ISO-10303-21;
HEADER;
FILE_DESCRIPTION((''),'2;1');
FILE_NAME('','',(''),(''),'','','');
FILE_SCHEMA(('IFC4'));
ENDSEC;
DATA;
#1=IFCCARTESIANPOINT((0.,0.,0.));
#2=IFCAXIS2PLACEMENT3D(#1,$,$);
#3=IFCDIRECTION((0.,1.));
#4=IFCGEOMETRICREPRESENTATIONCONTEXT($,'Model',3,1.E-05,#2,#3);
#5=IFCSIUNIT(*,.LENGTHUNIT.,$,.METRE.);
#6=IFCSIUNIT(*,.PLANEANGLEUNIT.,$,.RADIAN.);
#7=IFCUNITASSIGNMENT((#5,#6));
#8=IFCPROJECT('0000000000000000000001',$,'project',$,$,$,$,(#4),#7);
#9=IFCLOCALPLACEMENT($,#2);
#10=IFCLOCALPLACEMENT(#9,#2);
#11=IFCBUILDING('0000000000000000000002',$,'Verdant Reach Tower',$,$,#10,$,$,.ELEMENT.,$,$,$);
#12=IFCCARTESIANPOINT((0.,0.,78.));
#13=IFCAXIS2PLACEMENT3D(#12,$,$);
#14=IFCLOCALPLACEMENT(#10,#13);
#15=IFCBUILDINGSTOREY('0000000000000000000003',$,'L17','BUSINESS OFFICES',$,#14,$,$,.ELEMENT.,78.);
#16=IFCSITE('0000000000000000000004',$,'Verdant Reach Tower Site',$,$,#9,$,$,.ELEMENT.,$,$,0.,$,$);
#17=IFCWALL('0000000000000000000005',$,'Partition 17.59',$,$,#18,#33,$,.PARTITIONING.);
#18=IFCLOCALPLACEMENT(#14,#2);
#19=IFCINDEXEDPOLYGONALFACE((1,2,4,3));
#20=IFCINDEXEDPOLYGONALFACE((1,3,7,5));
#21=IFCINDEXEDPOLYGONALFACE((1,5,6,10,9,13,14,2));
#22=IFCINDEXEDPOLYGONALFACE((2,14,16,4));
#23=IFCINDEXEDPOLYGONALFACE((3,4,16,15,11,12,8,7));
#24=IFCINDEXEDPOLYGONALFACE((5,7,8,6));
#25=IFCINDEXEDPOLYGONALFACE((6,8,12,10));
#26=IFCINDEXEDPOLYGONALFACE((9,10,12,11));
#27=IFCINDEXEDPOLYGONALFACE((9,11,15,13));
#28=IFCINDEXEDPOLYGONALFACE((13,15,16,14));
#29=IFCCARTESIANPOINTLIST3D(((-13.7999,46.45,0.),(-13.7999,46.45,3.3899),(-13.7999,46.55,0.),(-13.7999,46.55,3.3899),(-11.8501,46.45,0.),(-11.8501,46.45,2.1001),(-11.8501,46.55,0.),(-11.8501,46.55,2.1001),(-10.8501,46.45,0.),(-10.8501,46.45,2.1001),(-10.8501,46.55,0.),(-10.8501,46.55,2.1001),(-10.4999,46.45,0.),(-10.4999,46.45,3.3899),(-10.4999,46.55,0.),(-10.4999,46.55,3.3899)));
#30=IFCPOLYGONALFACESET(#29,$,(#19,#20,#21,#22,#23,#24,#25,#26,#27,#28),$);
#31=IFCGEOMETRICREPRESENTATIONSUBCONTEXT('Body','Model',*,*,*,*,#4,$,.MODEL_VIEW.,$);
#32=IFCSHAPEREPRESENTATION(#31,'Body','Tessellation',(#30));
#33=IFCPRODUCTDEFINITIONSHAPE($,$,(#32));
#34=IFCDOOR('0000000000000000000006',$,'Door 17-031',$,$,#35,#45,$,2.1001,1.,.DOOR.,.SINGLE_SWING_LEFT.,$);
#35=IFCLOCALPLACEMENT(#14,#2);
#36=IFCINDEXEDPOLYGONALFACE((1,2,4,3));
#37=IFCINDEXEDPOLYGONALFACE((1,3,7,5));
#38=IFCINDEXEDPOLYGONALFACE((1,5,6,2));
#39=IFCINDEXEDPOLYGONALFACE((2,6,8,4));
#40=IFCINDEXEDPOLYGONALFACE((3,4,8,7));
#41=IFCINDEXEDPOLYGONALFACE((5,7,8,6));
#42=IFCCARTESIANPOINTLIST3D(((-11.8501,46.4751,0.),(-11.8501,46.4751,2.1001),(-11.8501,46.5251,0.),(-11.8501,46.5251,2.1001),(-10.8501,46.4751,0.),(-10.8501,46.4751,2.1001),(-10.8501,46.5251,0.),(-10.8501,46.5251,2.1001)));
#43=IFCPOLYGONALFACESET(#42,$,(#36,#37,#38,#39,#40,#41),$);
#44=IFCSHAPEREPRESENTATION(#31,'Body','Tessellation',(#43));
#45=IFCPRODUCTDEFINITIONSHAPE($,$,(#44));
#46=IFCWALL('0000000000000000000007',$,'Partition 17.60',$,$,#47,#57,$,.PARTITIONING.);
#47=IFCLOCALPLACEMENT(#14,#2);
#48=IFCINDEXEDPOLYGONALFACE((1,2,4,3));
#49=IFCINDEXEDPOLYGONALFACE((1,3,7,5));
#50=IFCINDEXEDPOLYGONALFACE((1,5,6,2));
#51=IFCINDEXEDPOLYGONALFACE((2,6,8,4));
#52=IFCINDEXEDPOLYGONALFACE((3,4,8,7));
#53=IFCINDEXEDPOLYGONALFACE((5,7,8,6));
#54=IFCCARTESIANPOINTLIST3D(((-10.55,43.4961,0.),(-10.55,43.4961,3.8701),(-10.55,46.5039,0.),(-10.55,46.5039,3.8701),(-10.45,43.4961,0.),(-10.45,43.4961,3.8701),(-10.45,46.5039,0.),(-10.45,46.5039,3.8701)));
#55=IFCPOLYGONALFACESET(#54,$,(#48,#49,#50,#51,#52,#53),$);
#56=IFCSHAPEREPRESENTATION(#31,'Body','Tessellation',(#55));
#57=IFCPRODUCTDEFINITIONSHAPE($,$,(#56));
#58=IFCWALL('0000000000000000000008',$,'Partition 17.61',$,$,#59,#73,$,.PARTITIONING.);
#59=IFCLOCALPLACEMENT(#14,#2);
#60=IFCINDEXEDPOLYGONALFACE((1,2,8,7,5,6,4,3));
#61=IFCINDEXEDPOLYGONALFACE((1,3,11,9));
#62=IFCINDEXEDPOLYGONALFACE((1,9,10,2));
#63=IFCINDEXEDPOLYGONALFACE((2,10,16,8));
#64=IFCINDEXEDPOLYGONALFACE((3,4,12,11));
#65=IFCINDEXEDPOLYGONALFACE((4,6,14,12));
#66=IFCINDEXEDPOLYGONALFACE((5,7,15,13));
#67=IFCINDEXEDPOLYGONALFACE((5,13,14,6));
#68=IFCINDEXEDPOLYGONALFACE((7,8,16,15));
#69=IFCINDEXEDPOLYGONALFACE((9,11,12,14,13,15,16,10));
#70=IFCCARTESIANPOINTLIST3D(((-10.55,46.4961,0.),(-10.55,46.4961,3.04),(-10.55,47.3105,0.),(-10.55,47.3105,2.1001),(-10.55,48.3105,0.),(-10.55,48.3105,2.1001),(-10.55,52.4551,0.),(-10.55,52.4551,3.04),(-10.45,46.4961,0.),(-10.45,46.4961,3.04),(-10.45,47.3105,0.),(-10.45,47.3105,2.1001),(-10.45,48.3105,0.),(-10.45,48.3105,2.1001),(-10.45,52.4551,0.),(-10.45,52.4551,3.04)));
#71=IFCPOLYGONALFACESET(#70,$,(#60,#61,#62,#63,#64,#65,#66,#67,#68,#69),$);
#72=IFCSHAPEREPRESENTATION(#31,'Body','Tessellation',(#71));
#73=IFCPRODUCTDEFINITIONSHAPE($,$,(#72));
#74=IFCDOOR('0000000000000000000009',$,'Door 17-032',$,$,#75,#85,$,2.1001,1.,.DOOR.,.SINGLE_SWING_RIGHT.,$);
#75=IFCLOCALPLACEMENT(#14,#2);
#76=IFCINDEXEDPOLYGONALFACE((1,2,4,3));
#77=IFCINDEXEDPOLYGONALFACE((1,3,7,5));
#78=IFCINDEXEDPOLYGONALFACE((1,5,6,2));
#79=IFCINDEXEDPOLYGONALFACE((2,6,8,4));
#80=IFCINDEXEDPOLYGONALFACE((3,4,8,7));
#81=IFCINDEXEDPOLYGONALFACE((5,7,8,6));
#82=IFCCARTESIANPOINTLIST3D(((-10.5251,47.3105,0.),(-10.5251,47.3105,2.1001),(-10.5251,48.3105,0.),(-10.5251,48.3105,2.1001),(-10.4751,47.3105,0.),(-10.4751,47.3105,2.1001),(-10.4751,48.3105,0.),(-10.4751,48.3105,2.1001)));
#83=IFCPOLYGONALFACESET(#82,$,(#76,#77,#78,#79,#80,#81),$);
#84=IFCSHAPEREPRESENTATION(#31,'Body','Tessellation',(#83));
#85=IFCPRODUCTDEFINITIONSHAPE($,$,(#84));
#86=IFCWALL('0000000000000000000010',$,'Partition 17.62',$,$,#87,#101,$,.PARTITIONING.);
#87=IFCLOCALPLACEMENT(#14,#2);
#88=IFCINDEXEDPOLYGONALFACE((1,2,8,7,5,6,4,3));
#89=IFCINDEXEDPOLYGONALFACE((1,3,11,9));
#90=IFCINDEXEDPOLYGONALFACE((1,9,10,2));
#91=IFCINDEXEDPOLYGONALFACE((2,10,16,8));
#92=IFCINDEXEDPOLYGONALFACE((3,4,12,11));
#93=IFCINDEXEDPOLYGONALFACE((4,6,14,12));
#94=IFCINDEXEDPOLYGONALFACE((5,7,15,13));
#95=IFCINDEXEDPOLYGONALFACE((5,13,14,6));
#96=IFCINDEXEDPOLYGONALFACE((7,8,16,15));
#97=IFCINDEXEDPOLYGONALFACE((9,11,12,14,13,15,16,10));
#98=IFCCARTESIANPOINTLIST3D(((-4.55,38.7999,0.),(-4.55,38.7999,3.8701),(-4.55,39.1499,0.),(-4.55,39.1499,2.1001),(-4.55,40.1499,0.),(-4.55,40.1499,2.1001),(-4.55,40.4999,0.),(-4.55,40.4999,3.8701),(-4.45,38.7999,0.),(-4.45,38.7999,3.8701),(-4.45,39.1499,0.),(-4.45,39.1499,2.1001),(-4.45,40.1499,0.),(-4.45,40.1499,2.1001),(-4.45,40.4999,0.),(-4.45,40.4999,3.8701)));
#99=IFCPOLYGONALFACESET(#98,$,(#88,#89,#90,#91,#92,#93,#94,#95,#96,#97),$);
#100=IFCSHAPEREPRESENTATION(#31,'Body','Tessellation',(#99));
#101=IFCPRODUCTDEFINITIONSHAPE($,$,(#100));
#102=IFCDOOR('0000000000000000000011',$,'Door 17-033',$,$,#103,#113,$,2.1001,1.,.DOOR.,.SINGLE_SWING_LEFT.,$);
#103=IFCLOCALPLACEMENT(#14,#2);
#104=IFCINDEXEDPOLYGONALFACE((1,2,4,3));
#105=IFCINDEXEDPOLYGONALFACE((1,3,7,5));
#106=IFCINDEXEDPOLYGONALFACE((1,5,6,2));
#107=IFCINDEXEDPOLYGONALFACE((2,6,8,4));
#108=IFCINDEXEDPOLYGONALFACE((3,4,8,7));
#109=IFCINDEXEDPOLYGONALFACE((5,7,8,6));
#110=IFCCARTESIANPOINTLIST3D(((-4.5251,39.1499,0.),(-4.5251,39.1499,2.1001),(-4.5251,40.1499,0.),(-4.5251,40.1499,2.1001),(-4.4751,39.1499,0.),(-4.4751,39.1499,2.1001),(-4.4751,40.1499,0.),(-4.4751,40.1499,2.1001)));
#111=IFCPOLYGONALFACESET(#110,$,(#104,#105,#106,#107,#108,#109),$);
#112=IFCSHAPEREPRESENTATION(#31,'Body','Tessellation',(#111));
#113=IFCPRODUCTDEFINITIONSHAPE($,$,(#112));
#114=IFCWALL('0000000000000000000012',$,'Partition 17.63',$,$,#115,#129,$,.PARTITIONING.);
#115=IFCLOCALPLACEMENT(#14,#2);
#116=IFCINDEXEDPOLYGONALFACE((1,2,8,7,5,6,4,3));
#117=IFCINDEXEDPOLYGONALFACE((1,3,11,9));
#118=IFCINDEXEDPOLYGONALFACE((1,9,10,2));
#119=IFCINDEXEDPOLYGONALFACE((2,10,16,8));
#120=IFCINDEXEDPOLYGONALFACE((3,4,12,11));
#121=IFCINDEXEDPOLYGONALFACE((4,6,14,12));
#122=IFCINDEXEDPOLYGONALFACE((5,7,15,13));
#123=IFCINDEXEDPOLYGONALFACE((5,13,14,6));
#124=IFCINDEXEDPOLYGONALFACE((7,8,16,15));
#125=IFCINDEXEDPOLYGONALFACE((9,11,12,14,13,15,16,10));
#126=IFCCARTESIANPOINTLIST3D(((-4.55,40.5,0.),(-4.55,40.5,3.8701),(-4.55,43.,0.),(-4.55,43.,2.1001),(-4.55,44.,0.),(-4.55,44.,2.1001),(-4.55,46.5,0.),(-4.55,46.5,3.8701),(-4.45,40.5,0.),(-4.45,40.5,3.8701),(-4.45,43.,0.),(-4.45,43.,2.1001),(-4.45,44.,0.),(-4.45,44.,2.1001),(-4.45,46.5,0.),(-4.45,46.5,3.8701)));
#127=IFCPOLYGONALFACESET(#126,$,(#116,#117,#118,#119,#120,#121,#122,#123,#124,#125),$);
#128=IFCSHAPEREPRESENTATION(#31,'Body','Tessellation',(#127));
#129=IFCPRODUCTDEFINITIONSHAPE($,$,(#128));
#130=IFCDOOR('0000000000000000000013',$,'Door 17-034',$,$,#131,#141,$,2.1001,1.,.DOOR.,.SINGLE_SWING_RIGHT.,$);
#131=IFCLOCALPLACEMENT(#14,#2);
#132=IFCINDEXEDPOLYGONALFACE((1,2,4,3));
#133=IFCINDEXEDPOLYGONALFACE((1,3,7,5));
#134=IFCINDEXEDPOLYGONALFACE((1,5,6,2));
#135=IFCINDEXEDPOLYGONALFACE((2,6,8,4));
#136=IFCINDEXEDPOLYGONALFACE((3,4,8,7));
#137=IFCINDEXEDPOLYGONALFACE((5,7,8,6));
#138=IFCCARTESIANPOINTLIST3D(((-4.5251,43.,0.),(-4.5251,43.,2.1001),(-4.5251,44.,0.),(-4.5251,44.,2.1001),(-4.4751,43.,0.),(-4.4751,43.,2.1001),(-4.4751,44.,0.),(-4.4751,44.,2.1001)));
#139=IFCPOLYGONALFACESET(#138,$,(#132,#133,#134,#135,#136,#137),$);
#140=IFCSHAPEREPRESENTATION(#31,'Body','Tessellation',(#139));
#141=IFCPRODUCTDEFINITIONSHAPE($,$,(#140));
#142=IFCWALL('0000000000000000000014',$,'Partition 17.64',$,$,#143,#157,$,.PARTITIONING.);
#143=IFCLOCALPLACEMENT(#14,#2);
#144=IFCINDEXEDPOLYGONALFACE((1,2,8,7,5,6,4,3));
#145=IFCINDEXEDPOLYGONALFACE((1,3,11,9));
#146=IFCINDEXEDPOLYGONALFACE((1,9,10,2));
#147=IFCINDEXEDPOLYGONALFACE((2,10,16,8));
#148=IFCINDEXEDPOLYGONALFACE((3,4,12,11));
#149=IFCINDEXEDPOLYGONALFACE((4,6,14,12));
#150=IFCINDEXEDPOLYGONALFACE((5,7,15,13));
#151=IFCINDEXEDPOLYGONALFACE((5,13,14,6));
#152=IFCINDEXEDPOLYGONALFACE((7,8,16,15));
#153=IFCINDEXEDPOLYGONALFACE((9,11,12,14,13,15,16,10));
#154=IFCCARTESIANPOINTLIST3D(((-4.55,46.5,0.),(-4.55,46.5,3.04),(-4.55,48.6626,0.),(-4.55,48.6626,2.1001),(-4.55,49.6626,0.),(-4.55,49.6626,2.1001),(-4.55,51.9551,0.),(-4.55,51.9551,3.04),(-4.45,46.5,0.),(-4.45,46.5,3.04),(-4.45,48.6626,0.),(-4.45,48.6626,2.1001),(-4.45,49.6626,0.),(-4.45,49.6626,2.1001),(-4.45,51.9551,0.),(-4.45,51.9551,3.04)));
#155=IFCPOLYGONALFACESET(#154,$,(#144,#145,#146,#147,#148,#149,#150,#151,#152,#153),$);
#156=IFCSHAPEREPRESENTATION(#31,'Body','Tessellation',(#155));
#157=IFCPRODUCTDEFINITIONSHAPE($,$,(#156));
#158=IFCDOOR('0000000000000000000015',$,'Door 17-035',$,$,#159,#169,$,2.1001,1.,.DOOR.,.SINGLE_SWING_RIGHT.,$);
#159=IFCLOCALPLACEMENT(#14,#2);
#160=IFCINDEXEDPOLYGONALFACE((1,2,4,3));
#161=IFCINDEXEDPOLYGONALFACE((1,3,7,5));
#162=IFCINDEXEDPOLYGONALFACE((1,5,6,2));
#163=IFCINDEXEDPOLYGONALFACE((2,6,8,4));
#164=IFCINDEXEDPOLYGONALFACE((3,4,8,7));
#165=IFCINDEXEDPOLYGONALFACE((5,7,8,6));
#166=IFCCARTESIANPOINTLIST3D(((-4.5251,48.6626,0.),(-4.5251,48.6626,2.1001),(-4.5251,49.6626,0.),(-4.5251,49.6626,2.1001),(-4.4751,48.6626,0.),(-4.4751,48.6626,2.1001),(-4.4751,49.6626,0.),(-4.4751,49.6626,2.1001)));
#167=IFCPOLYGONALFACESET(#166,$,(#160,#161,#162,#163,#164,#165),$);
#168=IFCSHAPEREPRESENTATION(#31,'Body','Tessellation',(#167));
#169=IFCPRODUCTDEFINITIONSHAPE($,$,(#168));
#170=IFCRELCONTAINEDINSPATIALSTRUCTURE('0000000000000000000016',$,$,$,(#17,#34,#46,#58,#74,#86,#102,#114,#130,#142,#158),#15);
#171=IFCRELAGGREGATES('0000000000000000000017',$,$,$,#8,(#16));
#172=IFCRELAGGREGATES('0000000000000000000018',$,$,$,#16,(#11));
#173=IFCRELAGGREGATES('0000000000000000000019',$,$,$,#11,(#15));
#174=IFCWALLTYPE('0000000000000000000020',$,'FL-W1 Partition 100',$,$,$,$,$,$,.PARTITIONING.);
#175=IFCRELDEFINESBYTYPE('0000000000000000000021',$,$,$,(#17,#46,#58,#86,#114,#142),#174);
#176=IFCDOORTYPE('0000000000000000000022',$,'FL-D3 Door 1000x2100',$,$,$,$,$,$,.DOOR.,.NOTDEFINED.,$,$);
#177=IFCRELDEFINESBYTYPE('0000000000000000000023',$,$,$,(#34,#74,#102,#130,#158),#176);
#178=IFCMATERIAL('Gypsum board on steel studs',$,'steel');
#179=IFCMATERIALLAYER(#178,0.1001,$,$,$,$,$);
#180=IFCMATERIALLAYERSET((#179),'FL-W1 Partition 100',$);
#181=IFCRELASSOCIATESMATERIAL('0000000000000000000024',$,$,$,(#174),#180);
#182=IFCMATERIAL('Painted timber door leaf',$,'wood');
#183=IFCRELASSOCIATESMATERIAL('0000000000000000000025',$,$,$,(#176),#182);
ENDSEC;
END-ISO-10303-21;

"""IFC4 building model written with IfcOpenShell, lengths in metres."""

from ifc_helpers import new_model, si_unit, direction, frame, frame_2d, origin, place, context, subcontext, project, spatial, rectangle, extrude, material, layer, layer_set, type_object, element, fill, save


model = new_model("IFC4")

# Units and contexts
model_context = context("Model", 3, precision=1e-05, world=origin(), true_north=direction((0.0, 1.0)))
body_context = subcontext(model_context, "Body", "Model", "MODEL_VIEW")
ifc_project = project(units=[si_unit("LENGTHUNIT", "METRE"), si_unit("PLANEANGLEUNIT", "RADIAN")], contexts=[model_context])

# Site, building, storey
site_placement = place(None, origin())
site = spatial("IfcSite", under=ifc_project, at=site_placement, Name="Verdant Reach Tower Site", CompositionType="ELEMENT", RefElevation=0.0)
building_placement = place(site_placement, origin())
building = spatial("IfcBuilding", under=site, at=building_placement, Name="Verdant Reach Tower", CompositionType="ELEMENT")
storey_placement = place(building_placement, frame((0.0, 0.0, 78.0)))
storey = spatial("IfcBuildingStorey", under=building, at=storey_placement, Name="L17", Description="BUSINESS OFFICES", CompositionType="ELEMENT", Elevation=78.0)

# Shared definitions
ifc_material_1 = material(Name="Gypsum board on steel studs", Category="steel")
ifc_layer_1 = layer(ifc_material_1, 0.1001)
ifc_layer_set_1 = layer_set([ifc_layer_1], Name="FL-W1 Partition 100")
wall_type_1 = type_object("IfcWallType", Name="FL-W1 Partition 100", PredefinedType="PARTITIONING", material=ifc_layer_set_1)

# Wall, opening, door
wall_1_placement = place(storey_placement, frame((-10.5, 46.5, 0.0), z_axis=(0.0, 0.0, 1.0), x_axis=(-1.0, 0.0, 0.0)))
wall_1 = element("IfcWall", 1, at=wall_1_placement, inside=storey, type_object=wall_type_1, Name="Partition 17.59", PredefinedType="PARTITIONING", context=body_context, shape_type="SweptSolid", body=[
    extrude(rectangle(XDim=3.3, YDim=0.1001, at=frame_2d((1.6499, 0.0))), origin(), (0.0, 0.0, 1.0), 3.3899),
])
opening_1_placement = place(wall_1_placement, frame((0.3501, 0.0, 0.0)))
opening_1 = element("IfcOpeningElement", 2, at=opening_1_placement, cuts=wall_1, PredefinedType="OPENING", context=body_context, shape_type="SweptSolid", body=[
    extrude(rectangle(XDim=1.0, YDim=2.1001, at=frame_2d((0.5, 1.05))), frame((0.0, 0.0601, 0.0), z_axis=(0.0, -1.0, 0.0), x_axis=(1.0, 0.0, 0.0)), (0.0, 0.0, 1.0), 0.1201),
])
ifc_material_2 = material(Name="Painted timber door leaf", Category="wood")
door_type_1 = type_object("IfcDoorType", Name="FL-D3 Door 1000x2100", OperationType="NOTDEFINED", PredefinedType="DOOR", material=ifc_material_2)
door_1_placement = place(opening_1_placement, origin())
door_1 = element("IfcDoor", 3, at=door_1_placement, inside=storey, type_object=door_type_1, Name="Door 17-031", OperationType="SINGLE_SWING_LEFT", OverallHeight=2.1001, OverallWidth=1.0, PredefinedType="DOOR", context=body_context, shape_type="SweptSolid", body=[
    extrude(rectangle(XDim=1.0, YDim=2.1001, at=frame_2d((0.5, 1.05))), frame((0.0, 0.0249, 0.0), z_axis=(0.0, -1.0, 0.0), x_axis=(1.0, 0.0, 0.0)), (0.0, 0.0, 1.0), 0.05),
])
fill(opening_1, door_1)

# Wall
wall_2_placement = place(storey_placement, frame((-10.5, 43.4961, 0.0), z_axis=(0.0, 0.0, 1.0), x_axis=(0.0, 1.0, 0.0)))
element("IfcWall", 4, at=wall_2_placement, inside=storey, type_object=wall_type_1, Name="Partition 17.60", PredefinedType="PARTITIONING", context=body_context, shape_type="SweptSolid", body=[
    extrude(rectangle(XDim=3.0078, YDim=0.1001, at=frame_2d((1.5039, 0.0))), origin(), (0.0, 0.0, 1.0), 3.8701),
])

# Walls, openings, doors
wall_3_placement = place(storey_placement, frame((-10.5, 52.4551, 0.0), z_axis=(0.0, 0.0, 1.0), x_axis=(0.0, -1.0, 0.0)))
wall_3 = element("IfcWall", 5, at=wall_3_placement, inside=storey, type_object=wall_type_1, Name="Partition 17.61", PredefinedType="PARTITIONING", context=body_context, shape_type="SweptSolid", body=[
    extrude(rectangle(XDim=5.959, YDim=0.1001, at=frame_2d((2.9795, 0.0))), origin(), (0.0, 0.0, 1.0), 3.04),
])
opening_2_placement = place(wall_3_placement, frame((4.1445, 0.0, 0.0)))
opening_2 = element("IfcOpeningElement", 6, at=opening_2_placement, cuts=wall_3, PredefinedType="OPENING", context=body_context, shape_type="SweptSolid", body=[
    extrude(rectangle(XDim=1.0, YDim=2.1001, at=frame_2d((0.5, 1.05))), frame((0.0, 0.0601, 0.0), z_axis=(0.0, -1.0, 0.0), x_axis=(1.0, 0.0, 0.0)), (0.0, 0.0, 1.0), 0.1201),
])
door_2_placement = place(opening_2_placement, origin())
door_2 = element("IfcDoor", 7, at=door_2_placement, inside=storey, type_object=door_type_1, Name="Door 17-032", OperationType="SINGLE_SWING_RIGHT", OverallHeight=2.1001, OverallWidth=1.0, PredefinedType="DOOR", context=body_context, shape_type="SweptSolid", body=[
    extrude(rectangle(XDim=1.0, YDim=2.1001, at=frame_2d((0.5, 1.05))), frame((0.0, 0.0249, 0.0), z_axis=(0.0, -1.0, 0.0), x_axis=(1.0, 0.0, 0.0)), (0.0, 0.0, 1.0), 0.05),
])
fill(opening_2, door_2)
wall_4_placement = place(storey_placement, frame((-4.5, 40.5, 0.0), z_axis=(0.0, 0.0, 1.0), x_axis=(0.0, -1.0, 0.0)))
wall_4 = element("IfcWall", 8, at=wall_4_placement, inside=storey, type_object=wall_type_1, Name="Partition 17.62", PredefinedType="PARTITIONING", context=body_context, shape_type="SweptSolid", body=[
    extrude(rectangle(XDim=1.7, YDim=0.1001, at=frame_2d((0.8501, 0.0))), origin(), (0.0, 0.0, 1.0), 3.8701),
])
opening_3_placement = place(wall_4_placement, frame((0.3501, 0.0, 0.0)))
opening_3 = element("IfcOpeningElement", 9, at=opening_3_placement, cuts=wall_4, PredefinedType="OPENING", context=body_context, shape_type="SweptSolid", body=[
    extrude(rectangle(XDim=1.0, YDim=2.1001, at=frame_2d((0.5, 1.05))), frame((0.0, 0.0601, 0.0), z_axis=(0.0, -1.0, 0.0), x_axis=(1.0, 0.0, 0.0)), (0.0, 0.0, 1.0), 0.1201),
])
door_3_placement = place(opening_3_placement, origin())
door_3 = element("IfcDoor", 10, at=door_3_placement, inside=storey, type_object=door_type_1, Name="Door 17-033", OperationType="SINGLE_SWING_LEFT", OverallHeight=2.1001, OverallWidth=1.0, PredefinedType="DOOR", context=body_context, shape_type="SweptSolid", body=[
    extrude(rectangle(XDim=1.0, YDim=2.1001, at=frame_2d((0.5, 1.05))), frame((0.0, 0.0249, 0.0), z_axis=(0.0, -1.0, 0.0), x_axis=(1.0, 0.0, 0.0)), (0.0, 0.0, 1.0), 0.05),
])
fill(opening_3, door_3)
wall_5_placement = place(storey_placement, frame((-4.5, 46.5, 0.0), z_axis=(0.0, 0.0, 1.0), x_axis=(0.0, -1.0, 0.0)))
wall_5 = element("IfcWall", 11, at=wall_5_placement, inside=storey, type_object=wall_type_1, Name="Partition 17.63", PredefinedType="PARTITIONING", context=body_context, shape_type="SweptSolid", body=[
    extrude(rectangle(XDim=6.0, YDim=0.1001, at=frame_2d((3.0, 0.0))), origin(), (0.0, 0.0, 1.0), 3.8701),
])
opening_4_placement = place(wall_5_placement, frame((2.5, 0.0, 0.0)))
opening_4 = element("IfcOpeningElement", 12, at=opening_4_placement, cuts=wall_5, PredefinedType="OPENING", context=body_context, shape_type="SweptSolid", body=[
    extrude(rectangle(XDim=1.0, YDim=2.1001, at=frame_2d((0.5, 1.05))), frame((0.0, 0.0601, 0.0), z_axis=(0.0, -1.0, 0.0), x_axis=(1.0, 0.0, 0.0)), (0.0, 0.0, 1.0), 0.1201),
])
door_4_placement = place(opening_4_placement, origin())
door_4 = element("IfcDoor", 13, at=door_4_placement, inside=storey, type_object=door_type_1, Name="Door 17-034", OperationType="SINGLE_SWING_RIGHT", OverallHeight=2.1001, OverallWidth=1.0, PredefinedType="DOOR", context=body_context, shape_type="SweptSolid", body=[
    extrude(rectangle(XDim=1.0, YDim=2.1001, at=frame_2d((0.5, 1.05))), frame((0.0, 0.0249, 0.0), z_axis=(0.0, -1.0, 0.0), x_axis=(1.0, 0.0, 0.0)), (0.0, 0.0, 1.0), 0.05),
])
fill(opening_4, door_4)
wall_6_placement = place(storey_placement, frame((-4.5, 51.9551, 0.0), z_axis=(0.0, 0.0, 1.0), x_axis=(0.0, -1.0, 0.0)))
wall_6 = element("IfcWall", 14, at=wall_6_placement, inside=storey, type_object=wall_type_1, Name="Partition 17.64", PredefinedType="PARTITIONING", context=body_context, shape_type="SweptSolid", body=[
    extrude(rectangle(XDim=5.4551, YDim=0.1001, at=frame_2d((2.7275, 0.0))), origin(), (0.0, 0.0, 1.0), 3.04),
])
opening_5_placement = place(wall_6_placement, frame((2.2925, 0.0, 0.0)))
opening_5 = element("IfcOpeningElement", 15, at=opening_5_placement, cuts=wall_6, PredefinedType="OPENING", context=body_context, shape_type="SweptSolid", body=[
    extrude(rectangle(XDim=1.0, YDim=2.1001, at=frame_2d((0.5, 1.05))), frame((0.0, 0.0601, 0.0), z_axis=(0.0, -1.0, 0.0), x_axis=(1.0, 0.0, 0.0)), (0.0, 0.0, 1.0), 0.1201),
])
door_5_placement = place(opening_5_placement, origin())
door_5 = element("IfcDoor", 16, at=door_5_placement, inside=storey, type_object=door_type_1, Name="Door 17-035", OperationType="SINGLE_SWING_RIGHT", OverallHeight=2.1001, OverallWidth=1.0, PredefinedType="DOOR", context=body_context, shape_type="SweptSolid", body=[
    extrude(rectangle(XDim=1.0, YDim=2.1001, at=frame_2d((0.5, 1.05))), frame((0.0, 0.0249, 0.0), z_axis=(0.0, -1.0, 0.0), x_axis=(1.0, 0.0, 0.0)), (0.0, 0.0, 1.0), 0.05),
])
fill(opening_5, door_5)

save(model, "model.ifc")
